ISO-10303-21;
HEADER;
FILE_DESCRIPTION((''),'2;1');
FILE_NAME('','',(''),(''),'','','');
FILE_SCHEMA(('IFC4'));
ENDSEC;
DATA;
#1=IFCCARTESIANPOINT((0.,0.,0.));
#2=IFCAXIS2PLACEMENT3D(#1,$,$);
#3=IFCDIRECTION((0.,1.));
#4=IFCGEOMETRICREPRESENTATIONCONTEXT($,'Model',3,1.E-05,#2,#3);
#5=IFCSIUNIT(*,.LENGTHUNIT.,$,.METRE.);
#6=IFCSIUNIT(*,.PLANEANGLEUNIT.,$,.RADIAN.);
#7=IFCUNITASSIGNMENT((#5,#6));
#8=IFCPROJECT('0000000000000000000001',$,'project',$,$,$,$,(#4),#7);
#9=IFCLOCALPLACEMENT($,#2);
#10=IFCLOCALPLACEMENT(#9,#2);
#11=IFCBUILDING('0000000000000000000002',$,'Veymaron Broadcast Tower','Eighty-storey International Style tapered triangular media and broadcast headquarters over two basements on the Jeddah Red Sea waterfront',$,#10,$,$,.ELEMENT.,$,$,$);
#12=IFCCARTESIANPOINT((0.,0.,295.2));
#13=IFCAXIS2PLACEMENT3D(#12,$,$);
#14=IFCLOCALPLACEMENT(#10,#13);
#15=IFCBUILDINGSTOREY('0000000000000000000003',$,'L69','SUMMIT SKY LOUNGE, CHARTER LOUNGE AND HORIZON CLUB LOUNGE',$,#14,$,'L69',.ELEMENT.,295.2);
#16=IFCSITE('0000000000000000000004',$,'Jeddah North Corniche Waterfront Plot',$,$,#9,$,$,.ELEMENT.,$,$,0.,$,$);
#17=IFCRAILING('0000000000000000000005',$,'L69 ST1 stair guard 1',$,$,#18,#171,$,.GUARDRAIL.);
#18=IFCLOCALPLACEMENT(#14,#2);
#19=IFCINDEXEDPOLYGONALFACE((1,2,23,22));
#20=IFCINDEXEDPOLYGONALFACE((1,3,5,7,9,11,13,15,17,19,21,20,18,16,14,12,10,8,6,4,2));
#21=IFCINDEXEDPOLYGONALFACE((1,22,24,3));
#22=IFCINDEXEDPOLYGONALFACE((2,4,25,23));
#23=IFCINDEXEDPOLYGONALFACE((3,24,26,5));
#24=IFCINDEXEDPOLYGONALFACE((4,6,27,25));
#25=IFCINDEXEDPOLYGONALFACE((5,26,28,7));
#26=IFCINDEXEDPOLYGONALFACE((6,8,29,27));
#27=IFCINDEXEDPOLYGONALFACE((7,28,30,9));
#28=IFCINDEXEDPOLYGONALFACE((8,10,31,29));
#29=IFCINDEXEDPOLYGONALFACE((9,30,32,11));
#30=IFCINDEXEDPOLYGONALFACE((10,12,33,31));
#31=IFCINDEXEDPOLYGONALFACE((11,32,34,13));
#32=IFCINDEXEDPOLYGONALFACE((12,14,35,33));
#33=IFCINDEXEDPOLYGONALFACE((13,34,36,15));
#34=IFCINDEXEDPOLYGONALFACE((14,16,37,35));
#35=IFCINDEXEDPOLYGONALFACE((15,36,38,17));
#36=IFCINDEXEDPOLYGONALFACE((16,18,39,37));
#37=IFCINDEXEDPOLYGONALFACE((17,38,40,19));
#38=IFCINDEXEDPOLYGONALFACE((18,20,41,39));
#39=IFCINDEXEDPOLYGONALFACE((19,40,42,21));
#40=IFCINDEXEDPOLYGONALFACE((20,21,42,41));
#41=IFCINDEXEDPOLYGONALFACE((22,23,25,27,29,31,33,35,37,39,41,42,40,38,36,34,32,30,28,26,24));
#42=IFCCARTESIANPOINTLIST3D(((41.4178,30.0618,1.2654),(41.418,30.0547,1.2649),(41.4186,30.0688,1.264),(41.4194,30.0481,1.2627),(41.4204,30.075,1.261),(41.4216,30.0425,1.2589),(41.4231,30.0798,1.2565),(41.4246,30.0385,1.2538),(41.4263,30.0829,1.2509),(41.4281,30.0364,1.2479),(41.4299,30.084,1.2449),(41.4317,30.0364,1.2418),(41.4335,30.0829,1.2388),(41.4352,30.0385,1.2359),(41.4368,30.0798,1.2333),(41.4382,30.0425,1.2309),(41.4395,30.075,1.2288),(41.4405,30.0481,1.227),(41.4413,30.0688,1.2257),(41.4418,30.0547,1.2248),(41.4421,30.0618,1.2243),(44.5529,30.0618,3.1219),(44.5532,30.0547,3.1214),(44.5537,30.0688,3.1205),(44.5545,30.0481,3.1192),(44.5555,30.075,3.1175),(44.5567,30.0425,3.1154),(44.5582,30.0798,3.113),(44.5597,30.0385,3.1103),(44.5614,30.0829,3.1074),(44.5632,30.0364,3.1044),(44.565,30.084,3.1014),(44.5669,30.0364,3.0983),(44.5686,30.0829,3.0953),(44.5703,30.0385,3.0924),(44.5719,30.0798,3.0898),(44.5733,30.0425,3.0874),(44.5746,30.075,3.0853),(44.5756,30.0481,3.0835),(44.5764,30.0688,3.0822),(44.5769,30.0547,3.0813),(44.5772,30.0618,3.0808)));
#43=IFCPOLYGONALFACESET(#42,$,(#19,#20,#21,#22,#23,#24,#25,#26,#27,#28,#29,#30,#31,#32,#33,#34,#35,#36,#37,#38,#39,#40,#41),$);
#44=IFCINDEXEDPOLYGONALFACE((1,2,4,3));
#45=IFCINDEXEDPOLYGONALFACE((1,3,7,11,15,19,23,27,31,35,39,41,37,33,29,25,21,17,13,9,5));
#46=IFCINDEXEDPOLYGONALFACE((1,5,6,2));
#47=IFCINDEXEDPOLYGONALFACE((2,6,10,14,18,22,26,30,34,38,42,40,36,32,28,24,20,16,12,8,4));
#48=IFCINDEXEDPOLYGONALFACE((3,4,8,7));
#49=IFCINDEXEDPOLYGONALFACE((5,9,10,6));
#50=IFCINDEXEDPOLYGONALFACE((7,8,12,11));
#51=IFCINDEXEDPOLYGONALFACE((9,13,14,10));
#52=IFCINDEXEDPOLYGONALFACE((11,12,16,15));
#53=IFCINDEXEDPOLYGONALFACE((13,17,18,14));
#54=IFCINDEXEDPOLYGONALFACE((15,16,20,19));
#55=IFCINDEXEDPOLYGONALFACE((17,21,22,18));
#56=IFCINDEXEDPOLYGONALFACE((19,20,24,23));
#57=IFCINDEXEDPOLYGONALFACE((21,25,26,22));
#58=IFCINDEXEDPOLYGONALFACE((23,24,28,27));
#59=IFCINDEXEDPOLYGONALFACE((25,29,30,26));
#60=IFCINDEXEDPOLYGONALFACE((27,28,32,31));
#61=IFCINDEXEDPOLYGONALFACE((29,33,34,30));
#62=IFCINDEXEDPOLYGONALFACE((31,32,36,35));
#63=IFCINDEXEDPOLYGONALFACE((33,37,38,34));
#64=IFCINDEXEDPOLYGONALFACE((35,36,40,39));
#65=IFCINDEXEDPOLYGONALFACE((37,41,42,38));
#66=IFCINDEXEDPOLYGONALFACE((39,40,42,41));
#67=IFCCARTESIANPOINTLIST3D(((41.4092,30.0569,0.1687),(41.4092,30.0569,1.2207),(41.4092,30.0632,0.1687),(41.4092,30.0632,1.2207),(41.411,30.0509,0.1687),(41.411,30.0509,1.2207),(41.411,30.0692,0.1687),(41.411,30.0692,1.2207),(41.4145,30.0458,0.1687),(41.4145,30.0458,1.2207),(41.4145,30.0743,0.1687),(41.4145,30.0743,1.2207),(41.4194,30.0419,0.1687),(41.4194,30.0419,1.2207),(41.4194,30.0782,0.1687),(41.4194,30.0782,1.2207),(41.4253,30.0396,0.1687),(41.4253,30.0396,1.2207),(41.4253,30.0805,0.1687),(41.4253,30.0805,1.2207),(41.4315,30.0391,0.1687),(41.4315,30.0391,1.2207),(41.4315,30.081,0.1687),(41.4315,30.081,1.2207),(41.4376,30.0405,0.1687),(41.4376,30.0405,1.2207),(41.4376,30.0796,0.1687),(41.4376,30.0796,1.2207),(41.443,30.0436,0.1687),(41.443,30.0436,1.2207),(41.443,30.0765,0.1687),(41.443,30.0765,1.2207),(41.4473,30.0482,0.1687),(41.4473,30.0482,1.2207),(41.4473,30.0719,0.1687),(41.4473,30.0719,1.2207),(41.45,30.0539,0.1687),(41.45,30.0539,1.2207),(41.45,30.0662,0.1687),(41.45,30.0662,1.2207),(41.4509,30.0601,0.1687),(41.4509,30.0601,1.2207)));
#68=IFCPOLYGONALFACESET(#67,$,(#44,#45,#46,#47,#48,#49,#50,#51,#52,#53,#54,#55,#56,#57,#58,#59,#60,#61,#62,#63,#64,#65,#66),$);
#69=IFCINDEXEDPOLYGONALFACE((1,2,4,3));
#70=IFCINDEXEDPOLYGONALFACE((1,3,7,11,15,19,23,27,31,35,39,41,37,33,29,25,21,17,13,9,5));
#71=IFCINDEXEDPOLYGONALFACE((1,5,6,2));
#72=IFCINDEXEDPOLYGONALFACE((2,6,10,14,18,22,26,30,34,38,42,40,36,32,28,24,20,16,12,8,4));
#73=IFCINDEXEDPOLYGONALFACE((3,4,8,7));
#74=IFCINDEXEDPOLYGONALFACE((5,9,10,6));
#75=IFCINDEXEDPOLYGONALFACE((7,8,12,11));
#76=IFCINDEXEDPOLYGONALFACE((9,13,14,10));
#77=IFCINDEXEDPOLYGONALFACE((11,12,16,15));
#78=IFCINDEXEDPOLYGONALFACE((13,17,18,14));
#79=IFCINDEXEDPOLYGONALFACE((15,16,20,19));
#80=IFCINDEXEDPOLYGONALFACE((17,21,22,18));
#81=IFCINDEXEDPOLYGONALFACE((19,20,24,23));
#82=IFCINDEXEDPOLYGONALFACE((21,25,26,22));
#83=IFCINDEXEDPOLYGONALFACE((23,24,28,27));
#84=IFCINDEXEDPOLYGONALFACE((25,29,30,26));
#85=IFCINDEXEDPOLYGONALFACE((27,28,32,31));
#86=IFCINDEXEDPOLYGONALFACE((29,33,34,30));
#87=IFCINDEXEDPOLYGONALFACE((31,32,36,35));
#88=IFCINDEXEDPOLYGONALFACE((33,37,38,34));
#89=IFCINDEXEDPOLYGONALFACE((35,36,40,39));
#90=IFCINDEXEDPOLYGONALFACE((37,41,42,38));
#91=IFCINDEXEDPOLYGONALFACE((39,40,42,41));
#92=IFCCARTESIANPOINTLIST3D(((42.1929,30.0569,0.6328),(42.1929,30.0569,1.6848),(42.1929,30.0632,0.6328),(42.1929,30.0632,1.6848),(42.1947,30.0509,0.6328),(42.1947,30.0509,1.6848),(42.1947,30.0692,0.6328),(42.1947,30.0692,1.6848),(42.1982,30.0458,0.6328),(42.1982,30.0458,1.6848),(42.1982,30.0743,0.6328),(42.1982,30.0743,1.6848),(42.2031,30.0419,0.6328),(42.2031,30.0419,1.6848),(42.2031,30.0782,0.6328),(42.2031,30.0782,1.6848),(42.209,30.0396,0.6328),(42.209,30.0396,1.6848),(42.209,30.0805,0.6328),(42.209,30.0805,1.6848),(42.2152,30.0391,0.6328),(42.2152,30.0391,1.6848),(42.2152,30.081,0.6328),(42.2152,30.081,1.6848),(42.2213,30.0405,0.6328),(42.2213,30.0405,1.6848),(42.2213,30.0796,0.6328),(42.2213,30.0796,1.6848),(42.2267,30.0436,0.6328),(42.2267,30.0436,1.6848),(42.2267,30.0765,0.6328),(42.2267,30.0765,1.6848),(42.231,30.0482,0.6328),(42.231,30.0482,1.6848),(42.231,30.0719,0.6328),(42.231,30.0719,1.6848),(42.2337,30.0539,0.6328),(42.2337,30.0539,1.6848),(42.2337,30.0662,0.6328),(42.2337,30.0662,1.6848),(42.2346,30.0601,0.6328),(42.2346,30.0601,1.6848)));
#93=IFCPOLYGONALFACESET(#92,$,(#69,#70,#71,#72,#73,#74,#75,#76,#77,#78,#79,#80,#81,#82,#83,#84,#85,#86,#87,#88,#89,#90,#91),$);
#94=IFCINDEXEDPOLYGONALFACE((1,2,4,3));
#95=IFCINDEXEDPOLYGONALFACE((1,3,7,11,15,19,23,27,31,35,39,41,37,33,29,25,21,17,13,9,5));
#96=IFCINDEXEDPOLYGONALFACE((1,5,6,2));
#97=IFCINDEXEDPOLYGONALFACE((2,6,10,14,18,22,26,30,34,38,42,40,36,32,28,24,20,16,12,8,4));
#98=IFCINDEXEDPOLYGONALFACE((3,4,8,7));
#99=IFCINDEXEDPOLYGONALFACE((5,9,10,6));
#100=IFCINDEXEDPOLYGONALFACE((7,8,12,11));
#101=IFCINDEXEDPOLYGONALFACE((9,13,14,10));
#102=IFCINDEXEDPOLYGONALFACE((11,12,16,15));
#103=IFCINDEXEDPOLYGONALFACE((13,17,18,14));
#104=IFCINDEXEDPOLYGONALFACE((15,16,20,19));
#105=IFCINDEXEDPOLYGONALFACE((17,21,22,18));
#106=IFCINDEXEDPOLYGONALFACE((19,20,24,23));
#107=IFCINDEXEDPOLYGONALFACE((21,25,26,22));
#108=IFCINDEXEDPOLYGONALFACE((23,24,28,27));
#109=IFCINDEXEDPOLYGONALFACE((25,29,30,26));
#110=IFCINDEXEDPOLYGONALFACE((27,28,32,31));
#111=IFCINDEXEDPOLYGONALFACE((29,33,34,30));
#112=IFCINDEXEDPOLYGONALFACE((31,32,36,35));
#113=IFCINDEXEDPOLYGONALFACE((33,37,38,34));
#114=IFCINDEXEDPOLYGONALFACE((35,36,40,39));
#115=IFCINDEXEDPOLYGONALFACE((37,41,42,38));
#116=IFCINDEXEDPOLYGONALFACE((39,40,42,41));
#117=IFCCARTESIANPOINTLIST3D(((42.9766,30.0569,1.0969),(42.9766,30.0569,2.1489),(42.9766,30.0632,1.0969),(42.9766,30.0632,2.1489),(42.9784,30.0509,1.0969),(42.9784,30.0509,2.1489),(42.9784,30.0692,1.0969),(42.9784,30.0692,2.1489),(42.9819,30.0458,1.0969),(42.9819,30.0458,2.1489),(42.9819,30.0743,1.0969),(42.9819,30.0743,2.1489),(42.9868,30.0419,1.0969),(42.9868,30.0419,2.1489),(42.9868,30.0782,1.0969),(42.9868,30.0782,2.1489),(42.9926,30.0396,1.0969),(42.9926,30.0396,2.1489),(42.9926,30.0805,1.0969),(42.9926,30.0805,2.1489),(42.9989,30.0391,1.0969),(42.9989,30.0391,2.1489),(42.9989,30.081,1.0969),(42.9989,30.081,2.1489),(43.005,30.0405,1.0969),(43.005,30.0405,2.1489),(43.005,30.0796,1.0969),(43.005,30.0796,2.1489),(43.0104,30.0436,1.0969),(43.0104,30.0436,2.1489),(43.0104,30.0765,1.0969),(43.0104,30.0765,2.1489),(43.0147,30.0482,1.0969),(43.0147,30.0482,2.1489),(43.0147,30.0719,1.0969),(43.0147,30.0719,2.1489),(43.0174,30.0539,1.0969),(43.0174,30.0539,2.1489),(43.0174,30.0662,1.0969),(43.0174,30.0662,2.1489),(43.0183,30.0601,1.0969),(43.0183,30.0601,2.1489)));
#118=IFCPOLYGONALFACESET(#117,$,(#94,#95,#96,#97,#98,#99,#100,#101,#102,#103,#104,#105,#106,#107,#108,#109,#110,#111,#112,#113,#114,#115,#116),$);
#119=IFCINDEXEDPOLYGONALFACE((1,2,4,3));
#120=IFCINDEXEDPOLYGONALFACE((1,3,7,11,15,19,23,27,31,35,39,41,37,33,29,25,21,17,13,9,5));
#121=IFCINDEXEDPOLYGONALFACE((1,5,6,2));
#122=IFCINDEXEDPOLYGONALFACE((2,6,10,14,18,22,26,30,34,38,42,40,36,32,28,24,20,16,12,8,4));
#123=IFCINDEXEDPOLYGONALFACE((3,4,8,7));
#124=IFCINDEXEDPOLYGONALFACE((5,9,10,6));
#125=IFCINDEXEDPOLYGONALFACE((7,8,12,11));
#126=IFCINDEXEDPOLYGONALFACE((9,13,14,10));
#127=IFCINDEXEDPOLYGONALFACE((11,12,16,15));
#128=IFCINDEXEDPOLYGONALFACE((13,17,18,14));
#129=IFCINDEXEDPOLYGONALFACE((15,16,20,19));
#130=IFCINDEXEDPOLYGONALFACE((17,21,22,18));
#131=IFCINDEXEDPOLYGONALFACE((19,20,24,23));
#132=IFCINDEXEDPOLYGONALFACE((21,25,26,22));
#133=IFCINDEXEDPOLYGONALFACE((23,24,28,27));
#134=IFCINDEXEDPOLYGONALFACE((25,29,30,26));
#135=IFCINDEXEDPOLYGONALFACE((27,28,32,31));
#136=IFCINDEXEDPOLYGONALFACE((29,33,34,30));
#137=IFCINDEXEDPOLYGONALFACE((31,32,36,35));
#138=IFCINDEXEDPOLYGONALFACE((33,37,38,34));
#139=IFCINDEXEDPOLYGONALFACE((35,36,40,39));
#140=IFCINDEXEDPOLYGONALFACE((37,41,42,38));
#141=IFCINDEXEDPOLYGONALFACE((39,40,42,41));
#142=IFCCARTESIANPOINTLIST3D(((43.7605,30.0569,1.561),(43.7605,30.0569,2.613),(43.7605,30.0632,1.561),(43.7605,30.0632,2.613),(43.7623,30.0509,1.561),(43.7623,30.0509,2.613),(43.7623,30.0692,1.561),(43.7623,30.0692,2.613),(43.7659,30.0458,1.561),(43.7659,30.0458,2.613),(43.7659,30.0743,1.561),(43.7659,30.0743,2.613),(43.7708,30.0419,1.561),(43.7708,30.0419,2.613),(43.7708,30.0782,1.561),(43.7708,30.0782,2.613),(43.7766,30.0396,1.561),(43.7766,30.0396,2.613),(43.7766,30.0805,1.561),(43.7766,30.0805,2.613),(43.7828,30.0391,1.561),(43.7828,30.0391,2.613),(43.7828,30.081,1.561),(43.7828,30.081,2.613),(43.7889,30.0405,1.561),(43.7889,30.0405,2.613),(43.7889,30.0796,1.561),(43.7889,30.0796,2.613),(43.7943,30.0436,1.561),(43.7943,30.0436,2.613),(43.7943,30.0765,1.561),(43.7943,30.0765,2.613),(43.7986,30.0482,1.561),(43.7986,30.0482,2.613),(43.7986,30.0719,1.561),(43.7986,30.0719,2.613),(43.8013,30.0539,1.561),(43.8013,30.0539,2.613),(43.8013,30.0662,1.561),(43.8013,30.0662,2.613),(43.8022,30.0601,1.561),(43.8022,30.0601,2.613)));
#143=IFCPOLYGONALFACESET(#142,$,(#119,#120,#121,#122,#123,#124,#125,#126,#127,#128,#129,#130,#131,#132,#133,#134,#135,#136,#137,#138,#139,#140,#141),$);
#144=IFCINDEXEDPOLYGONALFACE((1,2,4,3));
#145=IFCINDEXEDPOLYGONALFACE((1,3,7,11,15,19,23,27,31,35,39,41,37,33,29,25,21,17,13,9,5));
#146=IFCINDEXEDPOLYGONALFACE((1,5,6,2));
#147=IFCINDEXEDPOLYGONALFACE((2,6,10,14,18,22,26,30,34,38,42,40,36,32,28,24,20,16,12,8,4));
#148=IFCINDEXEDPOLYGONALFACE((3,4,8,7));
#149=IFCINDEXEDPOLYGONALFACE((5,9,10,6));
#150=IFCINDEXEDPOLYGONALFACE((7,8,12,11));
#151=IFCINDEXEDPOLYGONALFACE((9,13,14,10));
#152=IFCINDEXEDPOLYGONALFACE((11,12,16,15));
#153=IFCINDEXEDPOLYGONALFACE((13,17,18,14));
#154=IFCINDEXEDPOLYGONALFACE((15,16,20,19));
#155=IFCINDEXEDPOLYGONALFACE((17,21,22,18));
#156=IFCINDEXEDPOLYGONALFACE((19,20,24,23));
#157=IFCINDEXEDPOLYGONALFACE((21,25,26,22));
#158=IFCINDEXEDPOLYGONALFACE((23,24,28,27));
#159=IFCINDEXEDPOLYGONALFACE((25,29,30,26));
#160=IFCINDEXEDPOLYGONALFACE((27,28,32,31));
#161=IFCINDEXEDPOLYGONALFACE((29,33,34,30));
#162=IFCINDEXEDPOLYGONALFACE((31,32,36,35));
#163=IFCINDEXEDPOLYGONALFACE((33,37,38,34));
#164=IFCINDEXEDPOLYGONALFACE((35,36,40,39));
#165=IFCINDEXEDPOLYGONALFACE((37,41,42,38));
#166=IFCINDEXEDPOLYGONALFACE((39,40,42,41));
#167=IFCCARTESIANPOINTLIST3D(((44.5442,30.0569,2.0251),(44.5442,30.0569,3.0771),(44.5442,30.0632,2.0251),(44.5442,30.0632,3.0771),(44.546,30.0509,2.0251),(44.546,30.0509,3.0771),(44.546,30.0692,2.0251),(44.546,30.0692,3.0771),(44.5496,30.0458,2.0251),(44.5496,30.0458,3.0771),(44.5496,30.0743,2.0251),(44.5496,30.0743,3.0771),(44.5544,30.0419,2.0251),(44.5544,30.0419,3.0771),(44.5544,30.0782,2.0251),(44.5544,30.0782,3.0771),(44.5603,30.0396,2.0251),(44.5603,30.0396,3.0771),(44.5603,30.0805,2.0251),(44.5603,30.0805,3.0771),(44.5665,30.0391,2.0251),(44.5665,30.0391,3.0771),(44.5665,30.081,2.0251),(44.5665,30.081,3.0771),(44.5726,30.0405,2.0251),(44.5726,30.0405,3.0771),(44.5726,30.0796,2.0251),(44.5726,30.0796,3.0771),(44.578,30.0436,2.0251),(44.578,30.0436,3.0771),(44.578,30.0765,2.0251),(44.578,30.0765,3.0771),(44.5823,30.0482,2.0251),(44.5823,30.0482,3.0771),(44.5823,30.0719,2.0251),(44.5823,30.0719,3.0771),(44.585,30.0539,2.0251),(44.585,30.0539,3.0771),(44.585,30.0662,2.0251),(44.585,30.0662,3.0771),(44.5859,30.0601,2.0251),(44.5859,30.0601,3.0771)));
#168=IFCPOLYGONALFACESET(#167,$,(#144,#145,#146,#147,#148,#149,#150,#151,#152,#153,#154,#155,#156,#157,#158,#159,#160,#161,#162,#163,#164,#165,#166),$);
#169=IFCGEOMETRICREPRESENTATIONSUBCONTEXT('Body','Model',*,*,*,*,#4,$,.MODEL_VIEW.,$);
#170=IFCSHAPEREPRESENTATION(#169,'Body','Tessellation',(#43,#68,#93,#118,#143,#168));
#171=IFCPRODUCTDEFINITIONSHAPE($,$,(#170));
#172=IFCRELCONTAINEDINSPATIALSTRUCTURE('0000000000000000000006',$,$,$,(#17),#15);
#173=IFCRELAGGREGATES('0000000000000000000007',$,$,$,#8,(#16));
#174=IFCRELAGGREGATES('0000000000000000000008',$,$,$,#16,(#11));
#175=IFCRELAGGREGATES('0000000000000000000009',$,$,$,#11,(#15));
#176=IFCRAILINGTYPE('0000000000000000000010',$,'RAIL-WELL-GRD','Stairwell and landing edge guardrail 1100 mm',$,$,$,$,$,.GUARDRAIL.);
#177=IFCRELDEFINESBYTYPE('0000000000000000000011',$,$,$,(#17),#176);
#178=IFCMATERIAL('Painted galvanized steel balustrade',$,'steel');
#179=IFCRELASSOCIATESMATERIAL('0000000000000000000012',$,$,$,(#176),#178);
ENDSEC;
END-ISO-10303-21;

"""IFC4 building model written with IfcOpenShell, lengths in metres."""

from ifc_helpers import new_model, si_unit, direction, frame, origin, origin_2d, place, context, subcontext, project, spatial, circle, extrude, material, type_object, element, save


model = new_model("IFC4")

# Units and contexts
model_context = context("Model", 3, precision=1e-05, world=origin(), true_north=direction((0.0, 1.0)))
body_context = subcontext(model_context, "Body", "Model", "MODEL_VIEW")
ifc_project = project(units=[si_unit("LENGTHUNIT", "METRE"), si_unit("PLANEANGLEUNIT", "RADIAN")], contexts=[model_context])

# Site, building, storey
site_placement = place(None, origin())
site = spatial("IfcSite", under=ifc_project, at=site_placement, Name="Jeddah North Corniche Waterfront Plot", CompositionType="ELEMENT", RefElevation=0.0)
building_placement = place(site_placement, origin())
building = spatial("IfcBuilding", under=site, at=building_placement, Name="Veymaron Broadcast Tower", Description="Eighty-storey International Style tapered triangular media and broadcast headquarters over two basements on the Jeddah Red Sea waterfront", CompositionType="ELEMENT")
storey_placement = place(building_placement, frame((0.0, 0.0, 295.2)))
storey = spatial("IfcBuildingStorey", under=building, at=storey_placement, Name="L69", Description="SUMMIT SKY LOUNGE, CHARTER LOUNGE AND HORIZON CLUB LOUNGE", LongName="L69", CompositionType="ELEMENT", Elevation=295.2)

# Railing
ifc_material_1 = material(Name="Painted galvanized steel balustrade", Category="steel")
railing_type_1 = type_object("IfcRailingType", Name="RAIL-WELL-GRD", Description="Stairwell and landing edge guardrail 1100 mm", PredefinedType="GUARDRAIL", material=ifc_material_1)
railing_1_placement = place(storey_placement, frame((41.4299, 30.0601, 0.1687)))
element("IfcRailing", 1, at=railing_1_placement, inside=storey, type_object=railing_type_1, Name="L69 ST1 stair guard 1", PredefinedType="GUARDRAIL", context=body_context, shape_type="SweptSolid", body=[
    extrude(circle(Radius=0.0239, at=origin_2d()), frame((0.0, 0.0, 1.0762), z_axis=(0.860453, 0.0, 0.509531), x_axis=(0.0, 1.0, 0.0)), (0.0, 0.0, 1.0), 3.6436),
    extrude(circle(Radius=0.021, at=origin_2d()), origin(), (0.0, 0.0, 1.0), 1.052),
    extrude(circle(Radius=0.021, at=origin_2d()), frame((0.7837, 0.0, 0.4641)), (0.0, 0.0, 1.0), 1.052),
    extrude(circle(Radius=0.021, at=origin_2d()), frame((1.5674, 0.0, 0.9282)), (0.0, 0.0, 1.0), 1.052),
    extrude(circle(Radius=0.021, at=origin_2d()), frame((2.3513, 0.0, 1.3923)), (0.0, 0.0, 1.0), 1.052),
    extrude(circle(Radius=0.021, at=origin_2d()), frame((3.135, 0.0, 1.8564)), (0.0, 0.0, 1.0), 1.052),
])

save(model, "model.ifc")
